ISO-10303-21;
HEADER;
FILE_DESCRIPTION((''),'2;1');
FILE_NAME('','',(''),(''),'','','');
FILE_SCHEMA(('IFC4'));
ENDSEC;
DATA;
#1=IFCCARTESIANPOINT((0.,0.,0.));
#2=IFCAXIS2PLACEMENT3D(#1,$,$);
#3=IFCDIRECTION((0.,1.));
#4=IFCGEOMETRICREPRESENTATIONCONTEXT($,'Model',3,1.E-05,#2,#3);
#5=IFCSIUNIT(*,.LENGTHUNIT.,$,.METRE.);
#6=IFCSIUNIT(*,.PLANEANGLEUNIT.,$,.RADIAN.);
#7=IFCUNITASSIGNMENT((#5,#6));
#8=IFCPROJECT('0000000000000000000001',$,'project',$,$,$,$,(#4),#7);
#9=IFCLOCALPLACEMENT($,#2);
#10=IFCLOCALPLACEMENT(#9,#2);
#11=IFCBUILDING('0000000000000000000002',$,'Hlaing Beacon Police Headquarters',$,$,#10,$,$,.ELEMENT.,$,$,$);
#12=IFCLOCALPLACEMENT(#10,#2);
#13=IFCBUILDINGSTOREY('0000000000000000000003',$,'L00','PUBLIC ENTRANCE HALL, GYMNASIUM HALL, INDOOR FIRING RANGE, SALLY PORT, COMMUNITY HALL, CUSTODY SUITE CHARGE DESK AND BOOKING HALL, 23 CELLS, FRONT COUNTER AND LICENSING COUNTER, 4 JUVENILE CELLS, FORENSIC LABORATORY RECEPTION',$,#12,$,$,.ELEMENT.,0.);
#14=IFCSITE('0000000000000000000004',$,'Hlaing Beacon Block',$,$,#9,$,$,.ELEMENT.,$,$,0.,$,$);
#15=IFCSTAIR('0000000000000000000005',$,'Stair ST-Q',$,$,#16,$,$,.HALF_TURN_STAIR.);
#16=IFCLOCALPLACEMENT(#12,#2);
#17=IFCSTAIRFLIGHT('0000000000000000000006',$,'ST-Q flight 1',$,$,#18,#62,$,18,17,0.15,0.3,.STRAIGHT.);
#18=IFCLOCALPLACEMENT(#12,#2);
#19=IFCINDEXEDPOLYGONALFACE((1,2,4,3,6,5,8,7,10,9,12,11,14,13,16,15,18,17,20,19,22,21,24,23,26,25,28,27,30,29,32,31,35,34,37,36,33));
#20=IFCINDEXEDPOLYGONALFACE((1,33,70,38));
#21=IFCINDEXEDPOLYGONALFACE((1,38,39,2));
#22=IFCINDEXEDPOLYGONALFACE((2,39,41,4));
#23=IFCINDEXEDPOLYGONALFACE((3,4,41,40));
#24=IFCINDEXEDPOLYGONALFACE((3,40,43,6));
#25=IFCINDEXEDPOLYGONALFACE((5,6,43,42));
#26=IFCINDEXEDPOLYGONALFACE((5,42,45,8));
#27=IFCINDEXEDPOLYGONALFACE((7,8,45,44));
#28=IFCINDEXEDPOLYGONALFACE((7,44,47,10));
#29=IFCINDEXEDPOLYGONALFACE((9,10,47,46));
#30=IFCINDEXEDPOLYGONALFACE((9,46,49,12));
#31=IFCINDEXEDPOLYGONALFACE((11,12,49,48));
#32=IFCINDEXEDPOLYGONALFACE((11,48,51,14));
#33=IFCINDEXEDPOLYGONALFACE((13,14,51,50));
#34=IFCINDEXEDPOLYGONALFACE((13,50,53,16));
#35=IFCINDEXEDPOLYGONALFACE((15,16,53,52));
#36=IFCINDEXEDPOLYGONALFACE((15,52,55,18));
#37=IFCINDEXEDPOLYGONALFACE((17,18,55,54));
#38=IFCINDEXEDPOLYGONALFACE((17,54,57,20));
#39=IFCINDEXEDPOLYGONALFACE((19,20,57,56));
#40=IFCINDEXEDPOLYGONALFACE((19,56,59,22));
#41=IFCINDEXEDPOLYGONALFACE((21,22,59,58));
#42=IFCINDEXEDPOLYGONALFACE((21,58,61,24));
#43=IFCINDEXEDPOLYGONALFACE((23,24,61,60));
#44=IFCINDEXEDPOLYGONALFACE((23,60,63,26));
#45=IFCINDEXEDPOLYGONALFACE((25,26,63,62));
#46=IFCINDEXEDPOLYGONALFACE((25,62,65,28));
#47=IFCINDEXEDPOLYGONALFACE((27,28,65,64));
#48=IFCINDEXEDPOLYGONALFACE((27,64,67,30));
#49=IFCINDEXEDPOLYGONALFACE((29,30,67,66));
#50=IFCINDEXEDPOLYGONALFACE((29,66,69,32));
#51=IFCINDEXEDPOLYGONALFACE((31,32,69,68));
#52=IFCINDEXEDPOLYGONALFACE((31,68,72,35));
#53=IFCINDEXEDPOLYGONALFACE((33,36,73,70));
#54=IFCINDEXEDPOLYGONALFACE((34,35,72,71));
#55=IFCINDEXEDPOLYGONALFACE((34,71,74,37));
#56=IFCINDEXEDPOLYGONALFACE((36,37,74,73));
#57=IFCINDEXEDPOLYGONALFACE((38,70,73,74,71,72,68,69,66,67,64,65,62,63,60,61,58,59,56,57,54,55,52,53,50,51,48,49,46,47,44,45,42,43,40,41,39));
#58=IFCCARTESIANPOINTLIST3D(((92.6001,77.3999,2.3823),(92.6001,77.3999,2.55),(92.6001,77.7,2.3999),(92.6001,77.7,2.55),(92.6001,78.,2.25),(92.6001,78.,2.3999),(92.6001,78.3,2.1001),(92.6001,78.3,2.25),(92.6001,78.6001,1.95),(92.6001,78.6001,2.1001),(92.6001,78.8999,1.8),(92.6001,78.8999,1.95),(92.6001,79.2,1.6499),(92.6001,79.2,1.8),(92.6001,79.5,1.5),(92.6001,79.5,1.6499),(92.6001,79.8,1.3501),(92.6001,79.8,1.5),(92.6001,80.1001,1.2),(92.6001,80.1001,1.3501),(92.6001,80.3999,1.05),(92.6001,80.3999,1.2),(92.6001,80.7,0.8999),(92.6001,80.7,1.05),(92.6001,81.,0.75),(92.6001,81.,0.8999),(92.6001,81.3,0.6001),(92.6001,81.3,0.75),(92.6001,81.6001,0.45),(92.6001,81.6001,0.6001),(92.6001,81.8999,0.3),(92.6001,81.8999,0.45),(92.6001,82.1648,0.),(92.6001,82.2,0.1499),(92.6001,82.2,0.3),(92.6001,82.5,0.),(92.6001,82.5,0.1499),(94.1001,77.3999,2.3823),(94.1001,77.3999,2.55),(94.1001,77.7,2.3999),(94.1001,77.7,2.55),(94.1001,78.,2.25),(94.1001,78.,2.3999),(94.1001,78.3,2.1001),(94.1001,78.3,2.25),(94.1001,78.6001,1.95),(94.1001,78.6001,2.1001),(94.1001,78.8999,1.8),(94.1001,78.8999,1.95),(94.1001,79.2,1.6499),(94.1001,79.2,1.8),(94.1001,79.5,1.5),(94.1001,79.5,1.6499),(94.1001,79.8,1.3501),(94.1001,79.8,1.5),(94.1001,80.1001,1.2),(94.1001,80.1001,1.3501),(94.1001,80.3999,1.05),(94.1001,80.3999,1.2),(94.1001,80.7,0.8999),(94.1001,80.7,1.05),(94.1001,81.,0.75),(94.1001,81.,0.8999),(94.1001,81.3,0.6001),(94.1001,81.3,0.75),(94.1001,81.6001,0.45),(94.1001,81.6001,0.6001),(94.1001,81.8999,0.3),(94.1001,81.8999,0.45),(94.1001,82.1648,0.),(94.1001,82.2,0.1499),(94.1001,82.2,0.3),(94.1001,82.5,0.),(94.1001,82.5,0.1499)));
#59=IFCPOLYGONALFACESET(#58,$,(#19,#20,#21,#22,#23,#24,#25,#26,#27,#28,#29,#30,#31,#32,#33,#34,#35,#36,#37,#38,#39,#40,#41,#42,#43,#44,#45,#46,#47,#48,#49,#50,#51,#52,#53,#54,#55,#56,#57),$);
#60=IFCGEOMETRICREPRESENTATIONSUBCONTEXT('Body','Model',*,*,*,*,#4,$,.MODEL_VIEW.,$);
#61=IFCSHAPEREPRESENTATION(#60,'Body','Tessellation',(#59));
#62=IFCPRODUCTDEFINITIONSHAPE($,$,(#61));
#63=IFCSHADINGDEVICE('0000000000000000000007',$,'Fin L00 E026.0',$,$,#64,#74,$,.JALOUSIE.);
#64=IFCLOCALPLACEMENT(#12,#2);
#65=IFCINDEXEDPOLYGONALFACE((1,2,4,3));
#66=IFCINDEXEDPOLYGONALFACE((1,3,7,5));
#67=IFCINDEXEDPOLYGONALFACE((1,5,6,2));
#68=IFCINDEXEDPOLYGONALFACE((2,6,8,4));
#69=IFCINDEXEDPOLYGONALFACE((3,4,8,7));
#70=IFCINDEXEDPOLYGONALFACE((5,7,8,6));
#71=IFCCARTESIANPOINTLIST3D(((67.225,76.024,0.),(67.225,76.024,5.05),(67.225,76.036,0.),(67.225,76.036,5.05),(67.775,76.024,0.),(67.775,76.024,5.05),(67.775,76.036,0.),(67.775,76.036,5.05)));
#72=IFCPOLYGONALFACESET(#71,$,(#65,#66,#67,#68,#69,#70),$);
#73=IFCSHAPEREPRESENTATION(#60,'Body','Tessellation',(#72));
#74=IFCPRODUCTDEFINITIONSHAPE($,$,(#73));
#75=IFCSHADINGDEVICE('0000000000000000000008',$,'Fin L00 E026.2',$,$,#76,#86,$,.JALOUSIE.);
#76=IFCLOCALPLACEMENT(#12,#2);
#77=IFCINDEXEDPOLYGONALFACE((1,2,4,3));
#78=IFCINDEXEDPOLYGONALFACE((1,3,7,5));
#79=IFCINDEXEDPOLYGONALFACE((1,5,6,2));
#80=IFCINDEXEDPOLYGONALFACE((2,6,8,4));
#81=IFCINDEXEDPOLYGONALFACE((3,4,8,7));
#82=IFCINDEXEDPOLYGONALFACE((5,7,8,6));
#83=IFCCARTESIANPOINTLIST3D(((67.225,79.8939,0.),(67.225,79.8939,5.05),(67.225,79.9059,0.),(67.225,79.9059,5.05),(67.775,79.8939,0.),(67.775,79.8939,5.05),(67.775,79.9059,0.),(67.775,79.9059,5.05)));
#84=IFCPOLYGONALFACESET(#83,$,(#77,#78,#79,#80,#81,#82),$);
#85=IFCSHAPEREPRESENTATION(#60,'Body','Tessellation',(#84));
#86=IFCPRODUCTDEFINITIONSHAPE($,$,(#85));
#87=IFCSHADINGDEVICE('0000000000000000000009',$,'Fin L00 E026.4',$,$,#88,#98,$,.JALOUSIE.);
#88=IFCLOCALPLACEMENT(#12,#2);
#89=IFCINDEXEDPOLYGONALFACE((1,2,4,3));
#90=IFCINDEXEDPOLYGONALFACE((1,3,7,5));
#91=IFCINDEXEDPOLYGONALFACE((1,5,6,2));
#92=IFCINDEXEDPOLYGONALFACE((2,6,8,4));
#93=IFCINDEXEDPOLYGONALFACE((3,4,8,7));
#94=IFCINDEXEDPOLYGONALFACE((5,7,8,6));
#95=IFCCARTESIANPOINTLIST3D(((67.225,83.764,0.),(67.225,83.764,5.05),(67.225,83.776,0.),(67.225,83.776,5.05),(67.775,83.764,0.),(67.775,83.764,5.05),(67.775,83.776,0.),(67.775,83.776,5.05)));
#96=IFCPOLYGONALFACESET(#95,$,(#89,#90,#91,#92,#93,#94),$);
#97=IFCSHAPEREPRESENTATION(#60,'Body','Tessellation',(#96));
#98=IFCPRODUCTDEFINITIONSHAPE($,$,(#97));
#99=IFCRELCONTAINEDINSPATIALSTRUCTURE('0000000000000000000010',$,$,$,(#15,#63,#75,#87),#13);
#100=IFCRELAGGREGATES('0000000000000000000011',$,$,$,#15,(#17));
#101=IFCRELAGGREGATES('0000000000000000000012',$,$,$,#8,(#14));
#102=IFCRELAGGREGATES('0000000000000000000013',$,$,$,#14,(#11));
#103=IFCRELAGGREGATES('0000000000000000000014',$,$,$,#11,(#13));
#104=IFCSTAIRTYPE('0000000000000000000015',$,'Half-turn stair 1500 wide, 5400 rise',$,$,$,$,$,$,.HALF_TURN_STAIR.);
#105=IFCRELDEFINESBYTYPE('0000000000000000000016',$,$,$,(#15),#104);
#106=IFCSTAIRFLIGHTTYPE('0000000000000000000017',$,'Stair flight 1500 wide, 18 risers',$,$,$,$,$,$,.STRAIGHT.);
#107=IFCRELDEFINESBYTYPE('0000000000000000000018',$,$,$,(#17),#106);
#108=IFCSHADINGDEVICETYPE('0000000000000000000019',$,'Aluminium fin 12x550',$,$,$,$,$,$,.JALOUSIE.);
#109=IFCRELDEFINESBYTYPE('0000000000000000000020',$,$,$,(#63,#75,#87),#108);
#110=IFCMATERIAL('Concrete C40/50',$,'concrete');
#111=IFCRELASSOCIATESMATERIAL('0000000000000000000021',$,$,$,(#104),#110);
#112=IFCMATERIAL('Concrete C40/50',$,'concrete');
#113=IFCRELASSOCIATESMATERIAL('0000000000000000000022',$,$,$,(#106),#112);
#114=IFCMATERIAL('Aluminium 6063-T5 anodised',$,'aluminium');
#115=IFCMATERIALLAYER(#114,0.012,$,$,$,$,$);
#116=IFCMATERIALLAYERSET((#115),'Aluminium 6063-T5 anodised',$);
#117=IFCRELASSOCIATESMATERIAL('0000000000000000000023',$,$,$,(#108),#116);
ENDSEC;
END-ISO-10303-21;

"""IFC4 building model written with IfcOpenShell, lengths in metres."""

from ifc_helpers import new_model, si_unit, direction, frame, origin, origin_2d, place, context, subcontext, project, spatial, polyline, rectangle, outline, extrude, material, layer, layer_set, type_object, element, aggregate, save


model = new_model("IFC4")

# Units and contexts
model_context = context("Model", 3, precision=1e-05, world=origin(), true_north=direction((0.0, 1.0)))
body_context = subcontext(model_context, "Body", "Model", "MODEL_VIEW")
ifc_project = project(units=[si_unit("LENGTHUNIT", "METRE"), si_unit("PLANEANGLEUNIT", "RADIAN")], contexts=[model_context])

# Site, building, storey
site_placement = place(None, origin())
site = spatial("IfcSite", under=ifc_project, at=site_placement, Name="Hlaing Beacon Block", CompositionType="ELEMENT", RefElevation=0.0)
building_placement = place(site_placement, origin())
building = spatial("IfcBuilding", under=site, at=building_placement, Name="Hlaing Beacon Police Headquarters", CompositionType="ELEMENT")
storey_placement = place(building_placement, origin())
storey = spatial("IfcBuildingStorey", under=building, at=storey_placement, Name="L00", Description="PUBLIC ENTRANCE HALL, GYMNASIUM HALL, INDOOR FIRING RANGE, SALLY PORT, COMMUNITY HALL, CUSTODY SUITE CHARGE DESK AND BOOKING HALL, 23 CELLS, FRONT COUNTER AND LICENSING COUNTER, 4 JUVENILE CELLS, FORENSIC LABORATORY RECEPTION", CompositionType="ELEMENT", Elevation=0.0)

# Stair, stair flight
ifc_material_1 = material(Name="Concrete C40/50", Category="concrete")
stair_type = type_object("IfcStairType", Name="Half-turn stair 1500 wide, 5400 rise", PredefinedType="HALF_TURN_STAIR", material=ifc_material_1)
stair_placement = place(storey_placement, origin())
stair = element("IfcStair", 1, at=stair_placement, inside=storey, type_object=stair_type, Name="Stair ST-Q", PredefinedType="HALF_TURN_STAIR")
ifc_material_2 = material(Name="Concrete C40/50", Category="concrete")
stair_flight_type = type_object("IfcStairFlightType", Name="Stair flight 1500 wide, 18 risers", PredefinedType="STRAIGHT", material=ifc_material_2)
stair_flight_placement = place(storey_placement, frame((93.3501, 82.5, 0.0), z_axis=(0.0, 0.0, 1.0), x_axis=(0.0, -1.0, 0.0)))
stair_flight = element("IfcStairFlight", 2, at=stair_flight_placement, type_object=stair_flight_type, Name="ST-Q flight 1", NumberOfRisers=18, NumberOfTreads=17, PredefinedType="STRAIGHT", RiserHeight=0.15, TreadLength=0.3, context=body_context, shape_type="SweptSolid", body=[
    extrude(outline(polyline([(0.0, 0.0), (0.0, 0.1499), (0.3, 0.1499), (0.3, 0.3), (0.6001, 0.3), (0.6001, 0.45), (0.8999, 0.45), (0.8999, 0.6001), (1.2, 0.6001), (1.2, 0.75), (1.5, 0.75), (1.5, 0.8999), (1.8, 0.8999), (1.8, 1.05), (2.1001, 1.05), (2.1001, 1.2), (2.3999, 1.2), (2.3999, 1.3501), (2.7, 1.3501), (2.7, 1.5), (3.0, 1.5), (3.0, 1.6499), (3.3, 1.6499), (3.3, 1.8), (3.6001, 1.8), (3.6001, 1.95), (3.8999, 1.95), (3.8999, 2.1001), (4.2, 2.1001), (4.2, 2.25), (4.5, 2.25), (4.5, 2.3999), (4.8, 2.3999), (4.8, 2.55), (5.1001, 2.55), (5.1001, 2.7), (5.1001, 2.3823), (0.3352, 0.0), (0.0, 0.0)])), frame((0.0, 0.75, 0.0), z_axis=(0.0, -1.0, 0.0), x_axis=(1.0, 0.0, 0.0)), (0.0, 0.0, 1.0), 1.5),
])
aggregate(stair, [stair_flight])

# Shading devices
ifc_material_3 = material(Name="Aluminium 6063-T5 anodised", Category="aluminium")
ifc_layer_1 = layer(ifc_material_3, 0.012)
ifc_layer_set_1 = layer_set([ifc_layer_1], Name="Aluminium 6063-T5 anodised")
shading_device_type = type_object("IfcShadingDeviceType", Name="Aluminium fin 12x550", PredefinedType="JALOUSIE", material=ifc_layer_set_1)
for number, where, z_axis, x_axis, name in (
    (3, (67.5, 76.03, 0.0), (0.0, 0.0, 1.0), (0.0, 1.0, 0.0), "Fin L00 E026.0"),
    (4, (67.5, 79.8999, 0.0), (0.0, 0.0, 1.0), (0.0, 1.0, 0.0), "Fin L00 E026.2"),
    (5, (67.5, 83.77, 0.0), (0.0, 0.0, 1.0), (0.0, 1.0, 0.0), "Fin L00 E026.4"),
):
    element("IfcShadingDevice", number, at=place(storey_placement, frame(where, z_axis=z_axis, x_axis=x_axis)), inside=storey, type_object=shading_device_type, Name=name, PredefinedType="JALOUSIE", context=body_context, shape_type="SweptSolid", body=[
        extrude(rectangle(XDim=0.012, YDim=0.55, at=origin_2d()), origin(), (0.0, 0.0, 1.0), 5.05),
    ])

save(model, "model.ifc")
